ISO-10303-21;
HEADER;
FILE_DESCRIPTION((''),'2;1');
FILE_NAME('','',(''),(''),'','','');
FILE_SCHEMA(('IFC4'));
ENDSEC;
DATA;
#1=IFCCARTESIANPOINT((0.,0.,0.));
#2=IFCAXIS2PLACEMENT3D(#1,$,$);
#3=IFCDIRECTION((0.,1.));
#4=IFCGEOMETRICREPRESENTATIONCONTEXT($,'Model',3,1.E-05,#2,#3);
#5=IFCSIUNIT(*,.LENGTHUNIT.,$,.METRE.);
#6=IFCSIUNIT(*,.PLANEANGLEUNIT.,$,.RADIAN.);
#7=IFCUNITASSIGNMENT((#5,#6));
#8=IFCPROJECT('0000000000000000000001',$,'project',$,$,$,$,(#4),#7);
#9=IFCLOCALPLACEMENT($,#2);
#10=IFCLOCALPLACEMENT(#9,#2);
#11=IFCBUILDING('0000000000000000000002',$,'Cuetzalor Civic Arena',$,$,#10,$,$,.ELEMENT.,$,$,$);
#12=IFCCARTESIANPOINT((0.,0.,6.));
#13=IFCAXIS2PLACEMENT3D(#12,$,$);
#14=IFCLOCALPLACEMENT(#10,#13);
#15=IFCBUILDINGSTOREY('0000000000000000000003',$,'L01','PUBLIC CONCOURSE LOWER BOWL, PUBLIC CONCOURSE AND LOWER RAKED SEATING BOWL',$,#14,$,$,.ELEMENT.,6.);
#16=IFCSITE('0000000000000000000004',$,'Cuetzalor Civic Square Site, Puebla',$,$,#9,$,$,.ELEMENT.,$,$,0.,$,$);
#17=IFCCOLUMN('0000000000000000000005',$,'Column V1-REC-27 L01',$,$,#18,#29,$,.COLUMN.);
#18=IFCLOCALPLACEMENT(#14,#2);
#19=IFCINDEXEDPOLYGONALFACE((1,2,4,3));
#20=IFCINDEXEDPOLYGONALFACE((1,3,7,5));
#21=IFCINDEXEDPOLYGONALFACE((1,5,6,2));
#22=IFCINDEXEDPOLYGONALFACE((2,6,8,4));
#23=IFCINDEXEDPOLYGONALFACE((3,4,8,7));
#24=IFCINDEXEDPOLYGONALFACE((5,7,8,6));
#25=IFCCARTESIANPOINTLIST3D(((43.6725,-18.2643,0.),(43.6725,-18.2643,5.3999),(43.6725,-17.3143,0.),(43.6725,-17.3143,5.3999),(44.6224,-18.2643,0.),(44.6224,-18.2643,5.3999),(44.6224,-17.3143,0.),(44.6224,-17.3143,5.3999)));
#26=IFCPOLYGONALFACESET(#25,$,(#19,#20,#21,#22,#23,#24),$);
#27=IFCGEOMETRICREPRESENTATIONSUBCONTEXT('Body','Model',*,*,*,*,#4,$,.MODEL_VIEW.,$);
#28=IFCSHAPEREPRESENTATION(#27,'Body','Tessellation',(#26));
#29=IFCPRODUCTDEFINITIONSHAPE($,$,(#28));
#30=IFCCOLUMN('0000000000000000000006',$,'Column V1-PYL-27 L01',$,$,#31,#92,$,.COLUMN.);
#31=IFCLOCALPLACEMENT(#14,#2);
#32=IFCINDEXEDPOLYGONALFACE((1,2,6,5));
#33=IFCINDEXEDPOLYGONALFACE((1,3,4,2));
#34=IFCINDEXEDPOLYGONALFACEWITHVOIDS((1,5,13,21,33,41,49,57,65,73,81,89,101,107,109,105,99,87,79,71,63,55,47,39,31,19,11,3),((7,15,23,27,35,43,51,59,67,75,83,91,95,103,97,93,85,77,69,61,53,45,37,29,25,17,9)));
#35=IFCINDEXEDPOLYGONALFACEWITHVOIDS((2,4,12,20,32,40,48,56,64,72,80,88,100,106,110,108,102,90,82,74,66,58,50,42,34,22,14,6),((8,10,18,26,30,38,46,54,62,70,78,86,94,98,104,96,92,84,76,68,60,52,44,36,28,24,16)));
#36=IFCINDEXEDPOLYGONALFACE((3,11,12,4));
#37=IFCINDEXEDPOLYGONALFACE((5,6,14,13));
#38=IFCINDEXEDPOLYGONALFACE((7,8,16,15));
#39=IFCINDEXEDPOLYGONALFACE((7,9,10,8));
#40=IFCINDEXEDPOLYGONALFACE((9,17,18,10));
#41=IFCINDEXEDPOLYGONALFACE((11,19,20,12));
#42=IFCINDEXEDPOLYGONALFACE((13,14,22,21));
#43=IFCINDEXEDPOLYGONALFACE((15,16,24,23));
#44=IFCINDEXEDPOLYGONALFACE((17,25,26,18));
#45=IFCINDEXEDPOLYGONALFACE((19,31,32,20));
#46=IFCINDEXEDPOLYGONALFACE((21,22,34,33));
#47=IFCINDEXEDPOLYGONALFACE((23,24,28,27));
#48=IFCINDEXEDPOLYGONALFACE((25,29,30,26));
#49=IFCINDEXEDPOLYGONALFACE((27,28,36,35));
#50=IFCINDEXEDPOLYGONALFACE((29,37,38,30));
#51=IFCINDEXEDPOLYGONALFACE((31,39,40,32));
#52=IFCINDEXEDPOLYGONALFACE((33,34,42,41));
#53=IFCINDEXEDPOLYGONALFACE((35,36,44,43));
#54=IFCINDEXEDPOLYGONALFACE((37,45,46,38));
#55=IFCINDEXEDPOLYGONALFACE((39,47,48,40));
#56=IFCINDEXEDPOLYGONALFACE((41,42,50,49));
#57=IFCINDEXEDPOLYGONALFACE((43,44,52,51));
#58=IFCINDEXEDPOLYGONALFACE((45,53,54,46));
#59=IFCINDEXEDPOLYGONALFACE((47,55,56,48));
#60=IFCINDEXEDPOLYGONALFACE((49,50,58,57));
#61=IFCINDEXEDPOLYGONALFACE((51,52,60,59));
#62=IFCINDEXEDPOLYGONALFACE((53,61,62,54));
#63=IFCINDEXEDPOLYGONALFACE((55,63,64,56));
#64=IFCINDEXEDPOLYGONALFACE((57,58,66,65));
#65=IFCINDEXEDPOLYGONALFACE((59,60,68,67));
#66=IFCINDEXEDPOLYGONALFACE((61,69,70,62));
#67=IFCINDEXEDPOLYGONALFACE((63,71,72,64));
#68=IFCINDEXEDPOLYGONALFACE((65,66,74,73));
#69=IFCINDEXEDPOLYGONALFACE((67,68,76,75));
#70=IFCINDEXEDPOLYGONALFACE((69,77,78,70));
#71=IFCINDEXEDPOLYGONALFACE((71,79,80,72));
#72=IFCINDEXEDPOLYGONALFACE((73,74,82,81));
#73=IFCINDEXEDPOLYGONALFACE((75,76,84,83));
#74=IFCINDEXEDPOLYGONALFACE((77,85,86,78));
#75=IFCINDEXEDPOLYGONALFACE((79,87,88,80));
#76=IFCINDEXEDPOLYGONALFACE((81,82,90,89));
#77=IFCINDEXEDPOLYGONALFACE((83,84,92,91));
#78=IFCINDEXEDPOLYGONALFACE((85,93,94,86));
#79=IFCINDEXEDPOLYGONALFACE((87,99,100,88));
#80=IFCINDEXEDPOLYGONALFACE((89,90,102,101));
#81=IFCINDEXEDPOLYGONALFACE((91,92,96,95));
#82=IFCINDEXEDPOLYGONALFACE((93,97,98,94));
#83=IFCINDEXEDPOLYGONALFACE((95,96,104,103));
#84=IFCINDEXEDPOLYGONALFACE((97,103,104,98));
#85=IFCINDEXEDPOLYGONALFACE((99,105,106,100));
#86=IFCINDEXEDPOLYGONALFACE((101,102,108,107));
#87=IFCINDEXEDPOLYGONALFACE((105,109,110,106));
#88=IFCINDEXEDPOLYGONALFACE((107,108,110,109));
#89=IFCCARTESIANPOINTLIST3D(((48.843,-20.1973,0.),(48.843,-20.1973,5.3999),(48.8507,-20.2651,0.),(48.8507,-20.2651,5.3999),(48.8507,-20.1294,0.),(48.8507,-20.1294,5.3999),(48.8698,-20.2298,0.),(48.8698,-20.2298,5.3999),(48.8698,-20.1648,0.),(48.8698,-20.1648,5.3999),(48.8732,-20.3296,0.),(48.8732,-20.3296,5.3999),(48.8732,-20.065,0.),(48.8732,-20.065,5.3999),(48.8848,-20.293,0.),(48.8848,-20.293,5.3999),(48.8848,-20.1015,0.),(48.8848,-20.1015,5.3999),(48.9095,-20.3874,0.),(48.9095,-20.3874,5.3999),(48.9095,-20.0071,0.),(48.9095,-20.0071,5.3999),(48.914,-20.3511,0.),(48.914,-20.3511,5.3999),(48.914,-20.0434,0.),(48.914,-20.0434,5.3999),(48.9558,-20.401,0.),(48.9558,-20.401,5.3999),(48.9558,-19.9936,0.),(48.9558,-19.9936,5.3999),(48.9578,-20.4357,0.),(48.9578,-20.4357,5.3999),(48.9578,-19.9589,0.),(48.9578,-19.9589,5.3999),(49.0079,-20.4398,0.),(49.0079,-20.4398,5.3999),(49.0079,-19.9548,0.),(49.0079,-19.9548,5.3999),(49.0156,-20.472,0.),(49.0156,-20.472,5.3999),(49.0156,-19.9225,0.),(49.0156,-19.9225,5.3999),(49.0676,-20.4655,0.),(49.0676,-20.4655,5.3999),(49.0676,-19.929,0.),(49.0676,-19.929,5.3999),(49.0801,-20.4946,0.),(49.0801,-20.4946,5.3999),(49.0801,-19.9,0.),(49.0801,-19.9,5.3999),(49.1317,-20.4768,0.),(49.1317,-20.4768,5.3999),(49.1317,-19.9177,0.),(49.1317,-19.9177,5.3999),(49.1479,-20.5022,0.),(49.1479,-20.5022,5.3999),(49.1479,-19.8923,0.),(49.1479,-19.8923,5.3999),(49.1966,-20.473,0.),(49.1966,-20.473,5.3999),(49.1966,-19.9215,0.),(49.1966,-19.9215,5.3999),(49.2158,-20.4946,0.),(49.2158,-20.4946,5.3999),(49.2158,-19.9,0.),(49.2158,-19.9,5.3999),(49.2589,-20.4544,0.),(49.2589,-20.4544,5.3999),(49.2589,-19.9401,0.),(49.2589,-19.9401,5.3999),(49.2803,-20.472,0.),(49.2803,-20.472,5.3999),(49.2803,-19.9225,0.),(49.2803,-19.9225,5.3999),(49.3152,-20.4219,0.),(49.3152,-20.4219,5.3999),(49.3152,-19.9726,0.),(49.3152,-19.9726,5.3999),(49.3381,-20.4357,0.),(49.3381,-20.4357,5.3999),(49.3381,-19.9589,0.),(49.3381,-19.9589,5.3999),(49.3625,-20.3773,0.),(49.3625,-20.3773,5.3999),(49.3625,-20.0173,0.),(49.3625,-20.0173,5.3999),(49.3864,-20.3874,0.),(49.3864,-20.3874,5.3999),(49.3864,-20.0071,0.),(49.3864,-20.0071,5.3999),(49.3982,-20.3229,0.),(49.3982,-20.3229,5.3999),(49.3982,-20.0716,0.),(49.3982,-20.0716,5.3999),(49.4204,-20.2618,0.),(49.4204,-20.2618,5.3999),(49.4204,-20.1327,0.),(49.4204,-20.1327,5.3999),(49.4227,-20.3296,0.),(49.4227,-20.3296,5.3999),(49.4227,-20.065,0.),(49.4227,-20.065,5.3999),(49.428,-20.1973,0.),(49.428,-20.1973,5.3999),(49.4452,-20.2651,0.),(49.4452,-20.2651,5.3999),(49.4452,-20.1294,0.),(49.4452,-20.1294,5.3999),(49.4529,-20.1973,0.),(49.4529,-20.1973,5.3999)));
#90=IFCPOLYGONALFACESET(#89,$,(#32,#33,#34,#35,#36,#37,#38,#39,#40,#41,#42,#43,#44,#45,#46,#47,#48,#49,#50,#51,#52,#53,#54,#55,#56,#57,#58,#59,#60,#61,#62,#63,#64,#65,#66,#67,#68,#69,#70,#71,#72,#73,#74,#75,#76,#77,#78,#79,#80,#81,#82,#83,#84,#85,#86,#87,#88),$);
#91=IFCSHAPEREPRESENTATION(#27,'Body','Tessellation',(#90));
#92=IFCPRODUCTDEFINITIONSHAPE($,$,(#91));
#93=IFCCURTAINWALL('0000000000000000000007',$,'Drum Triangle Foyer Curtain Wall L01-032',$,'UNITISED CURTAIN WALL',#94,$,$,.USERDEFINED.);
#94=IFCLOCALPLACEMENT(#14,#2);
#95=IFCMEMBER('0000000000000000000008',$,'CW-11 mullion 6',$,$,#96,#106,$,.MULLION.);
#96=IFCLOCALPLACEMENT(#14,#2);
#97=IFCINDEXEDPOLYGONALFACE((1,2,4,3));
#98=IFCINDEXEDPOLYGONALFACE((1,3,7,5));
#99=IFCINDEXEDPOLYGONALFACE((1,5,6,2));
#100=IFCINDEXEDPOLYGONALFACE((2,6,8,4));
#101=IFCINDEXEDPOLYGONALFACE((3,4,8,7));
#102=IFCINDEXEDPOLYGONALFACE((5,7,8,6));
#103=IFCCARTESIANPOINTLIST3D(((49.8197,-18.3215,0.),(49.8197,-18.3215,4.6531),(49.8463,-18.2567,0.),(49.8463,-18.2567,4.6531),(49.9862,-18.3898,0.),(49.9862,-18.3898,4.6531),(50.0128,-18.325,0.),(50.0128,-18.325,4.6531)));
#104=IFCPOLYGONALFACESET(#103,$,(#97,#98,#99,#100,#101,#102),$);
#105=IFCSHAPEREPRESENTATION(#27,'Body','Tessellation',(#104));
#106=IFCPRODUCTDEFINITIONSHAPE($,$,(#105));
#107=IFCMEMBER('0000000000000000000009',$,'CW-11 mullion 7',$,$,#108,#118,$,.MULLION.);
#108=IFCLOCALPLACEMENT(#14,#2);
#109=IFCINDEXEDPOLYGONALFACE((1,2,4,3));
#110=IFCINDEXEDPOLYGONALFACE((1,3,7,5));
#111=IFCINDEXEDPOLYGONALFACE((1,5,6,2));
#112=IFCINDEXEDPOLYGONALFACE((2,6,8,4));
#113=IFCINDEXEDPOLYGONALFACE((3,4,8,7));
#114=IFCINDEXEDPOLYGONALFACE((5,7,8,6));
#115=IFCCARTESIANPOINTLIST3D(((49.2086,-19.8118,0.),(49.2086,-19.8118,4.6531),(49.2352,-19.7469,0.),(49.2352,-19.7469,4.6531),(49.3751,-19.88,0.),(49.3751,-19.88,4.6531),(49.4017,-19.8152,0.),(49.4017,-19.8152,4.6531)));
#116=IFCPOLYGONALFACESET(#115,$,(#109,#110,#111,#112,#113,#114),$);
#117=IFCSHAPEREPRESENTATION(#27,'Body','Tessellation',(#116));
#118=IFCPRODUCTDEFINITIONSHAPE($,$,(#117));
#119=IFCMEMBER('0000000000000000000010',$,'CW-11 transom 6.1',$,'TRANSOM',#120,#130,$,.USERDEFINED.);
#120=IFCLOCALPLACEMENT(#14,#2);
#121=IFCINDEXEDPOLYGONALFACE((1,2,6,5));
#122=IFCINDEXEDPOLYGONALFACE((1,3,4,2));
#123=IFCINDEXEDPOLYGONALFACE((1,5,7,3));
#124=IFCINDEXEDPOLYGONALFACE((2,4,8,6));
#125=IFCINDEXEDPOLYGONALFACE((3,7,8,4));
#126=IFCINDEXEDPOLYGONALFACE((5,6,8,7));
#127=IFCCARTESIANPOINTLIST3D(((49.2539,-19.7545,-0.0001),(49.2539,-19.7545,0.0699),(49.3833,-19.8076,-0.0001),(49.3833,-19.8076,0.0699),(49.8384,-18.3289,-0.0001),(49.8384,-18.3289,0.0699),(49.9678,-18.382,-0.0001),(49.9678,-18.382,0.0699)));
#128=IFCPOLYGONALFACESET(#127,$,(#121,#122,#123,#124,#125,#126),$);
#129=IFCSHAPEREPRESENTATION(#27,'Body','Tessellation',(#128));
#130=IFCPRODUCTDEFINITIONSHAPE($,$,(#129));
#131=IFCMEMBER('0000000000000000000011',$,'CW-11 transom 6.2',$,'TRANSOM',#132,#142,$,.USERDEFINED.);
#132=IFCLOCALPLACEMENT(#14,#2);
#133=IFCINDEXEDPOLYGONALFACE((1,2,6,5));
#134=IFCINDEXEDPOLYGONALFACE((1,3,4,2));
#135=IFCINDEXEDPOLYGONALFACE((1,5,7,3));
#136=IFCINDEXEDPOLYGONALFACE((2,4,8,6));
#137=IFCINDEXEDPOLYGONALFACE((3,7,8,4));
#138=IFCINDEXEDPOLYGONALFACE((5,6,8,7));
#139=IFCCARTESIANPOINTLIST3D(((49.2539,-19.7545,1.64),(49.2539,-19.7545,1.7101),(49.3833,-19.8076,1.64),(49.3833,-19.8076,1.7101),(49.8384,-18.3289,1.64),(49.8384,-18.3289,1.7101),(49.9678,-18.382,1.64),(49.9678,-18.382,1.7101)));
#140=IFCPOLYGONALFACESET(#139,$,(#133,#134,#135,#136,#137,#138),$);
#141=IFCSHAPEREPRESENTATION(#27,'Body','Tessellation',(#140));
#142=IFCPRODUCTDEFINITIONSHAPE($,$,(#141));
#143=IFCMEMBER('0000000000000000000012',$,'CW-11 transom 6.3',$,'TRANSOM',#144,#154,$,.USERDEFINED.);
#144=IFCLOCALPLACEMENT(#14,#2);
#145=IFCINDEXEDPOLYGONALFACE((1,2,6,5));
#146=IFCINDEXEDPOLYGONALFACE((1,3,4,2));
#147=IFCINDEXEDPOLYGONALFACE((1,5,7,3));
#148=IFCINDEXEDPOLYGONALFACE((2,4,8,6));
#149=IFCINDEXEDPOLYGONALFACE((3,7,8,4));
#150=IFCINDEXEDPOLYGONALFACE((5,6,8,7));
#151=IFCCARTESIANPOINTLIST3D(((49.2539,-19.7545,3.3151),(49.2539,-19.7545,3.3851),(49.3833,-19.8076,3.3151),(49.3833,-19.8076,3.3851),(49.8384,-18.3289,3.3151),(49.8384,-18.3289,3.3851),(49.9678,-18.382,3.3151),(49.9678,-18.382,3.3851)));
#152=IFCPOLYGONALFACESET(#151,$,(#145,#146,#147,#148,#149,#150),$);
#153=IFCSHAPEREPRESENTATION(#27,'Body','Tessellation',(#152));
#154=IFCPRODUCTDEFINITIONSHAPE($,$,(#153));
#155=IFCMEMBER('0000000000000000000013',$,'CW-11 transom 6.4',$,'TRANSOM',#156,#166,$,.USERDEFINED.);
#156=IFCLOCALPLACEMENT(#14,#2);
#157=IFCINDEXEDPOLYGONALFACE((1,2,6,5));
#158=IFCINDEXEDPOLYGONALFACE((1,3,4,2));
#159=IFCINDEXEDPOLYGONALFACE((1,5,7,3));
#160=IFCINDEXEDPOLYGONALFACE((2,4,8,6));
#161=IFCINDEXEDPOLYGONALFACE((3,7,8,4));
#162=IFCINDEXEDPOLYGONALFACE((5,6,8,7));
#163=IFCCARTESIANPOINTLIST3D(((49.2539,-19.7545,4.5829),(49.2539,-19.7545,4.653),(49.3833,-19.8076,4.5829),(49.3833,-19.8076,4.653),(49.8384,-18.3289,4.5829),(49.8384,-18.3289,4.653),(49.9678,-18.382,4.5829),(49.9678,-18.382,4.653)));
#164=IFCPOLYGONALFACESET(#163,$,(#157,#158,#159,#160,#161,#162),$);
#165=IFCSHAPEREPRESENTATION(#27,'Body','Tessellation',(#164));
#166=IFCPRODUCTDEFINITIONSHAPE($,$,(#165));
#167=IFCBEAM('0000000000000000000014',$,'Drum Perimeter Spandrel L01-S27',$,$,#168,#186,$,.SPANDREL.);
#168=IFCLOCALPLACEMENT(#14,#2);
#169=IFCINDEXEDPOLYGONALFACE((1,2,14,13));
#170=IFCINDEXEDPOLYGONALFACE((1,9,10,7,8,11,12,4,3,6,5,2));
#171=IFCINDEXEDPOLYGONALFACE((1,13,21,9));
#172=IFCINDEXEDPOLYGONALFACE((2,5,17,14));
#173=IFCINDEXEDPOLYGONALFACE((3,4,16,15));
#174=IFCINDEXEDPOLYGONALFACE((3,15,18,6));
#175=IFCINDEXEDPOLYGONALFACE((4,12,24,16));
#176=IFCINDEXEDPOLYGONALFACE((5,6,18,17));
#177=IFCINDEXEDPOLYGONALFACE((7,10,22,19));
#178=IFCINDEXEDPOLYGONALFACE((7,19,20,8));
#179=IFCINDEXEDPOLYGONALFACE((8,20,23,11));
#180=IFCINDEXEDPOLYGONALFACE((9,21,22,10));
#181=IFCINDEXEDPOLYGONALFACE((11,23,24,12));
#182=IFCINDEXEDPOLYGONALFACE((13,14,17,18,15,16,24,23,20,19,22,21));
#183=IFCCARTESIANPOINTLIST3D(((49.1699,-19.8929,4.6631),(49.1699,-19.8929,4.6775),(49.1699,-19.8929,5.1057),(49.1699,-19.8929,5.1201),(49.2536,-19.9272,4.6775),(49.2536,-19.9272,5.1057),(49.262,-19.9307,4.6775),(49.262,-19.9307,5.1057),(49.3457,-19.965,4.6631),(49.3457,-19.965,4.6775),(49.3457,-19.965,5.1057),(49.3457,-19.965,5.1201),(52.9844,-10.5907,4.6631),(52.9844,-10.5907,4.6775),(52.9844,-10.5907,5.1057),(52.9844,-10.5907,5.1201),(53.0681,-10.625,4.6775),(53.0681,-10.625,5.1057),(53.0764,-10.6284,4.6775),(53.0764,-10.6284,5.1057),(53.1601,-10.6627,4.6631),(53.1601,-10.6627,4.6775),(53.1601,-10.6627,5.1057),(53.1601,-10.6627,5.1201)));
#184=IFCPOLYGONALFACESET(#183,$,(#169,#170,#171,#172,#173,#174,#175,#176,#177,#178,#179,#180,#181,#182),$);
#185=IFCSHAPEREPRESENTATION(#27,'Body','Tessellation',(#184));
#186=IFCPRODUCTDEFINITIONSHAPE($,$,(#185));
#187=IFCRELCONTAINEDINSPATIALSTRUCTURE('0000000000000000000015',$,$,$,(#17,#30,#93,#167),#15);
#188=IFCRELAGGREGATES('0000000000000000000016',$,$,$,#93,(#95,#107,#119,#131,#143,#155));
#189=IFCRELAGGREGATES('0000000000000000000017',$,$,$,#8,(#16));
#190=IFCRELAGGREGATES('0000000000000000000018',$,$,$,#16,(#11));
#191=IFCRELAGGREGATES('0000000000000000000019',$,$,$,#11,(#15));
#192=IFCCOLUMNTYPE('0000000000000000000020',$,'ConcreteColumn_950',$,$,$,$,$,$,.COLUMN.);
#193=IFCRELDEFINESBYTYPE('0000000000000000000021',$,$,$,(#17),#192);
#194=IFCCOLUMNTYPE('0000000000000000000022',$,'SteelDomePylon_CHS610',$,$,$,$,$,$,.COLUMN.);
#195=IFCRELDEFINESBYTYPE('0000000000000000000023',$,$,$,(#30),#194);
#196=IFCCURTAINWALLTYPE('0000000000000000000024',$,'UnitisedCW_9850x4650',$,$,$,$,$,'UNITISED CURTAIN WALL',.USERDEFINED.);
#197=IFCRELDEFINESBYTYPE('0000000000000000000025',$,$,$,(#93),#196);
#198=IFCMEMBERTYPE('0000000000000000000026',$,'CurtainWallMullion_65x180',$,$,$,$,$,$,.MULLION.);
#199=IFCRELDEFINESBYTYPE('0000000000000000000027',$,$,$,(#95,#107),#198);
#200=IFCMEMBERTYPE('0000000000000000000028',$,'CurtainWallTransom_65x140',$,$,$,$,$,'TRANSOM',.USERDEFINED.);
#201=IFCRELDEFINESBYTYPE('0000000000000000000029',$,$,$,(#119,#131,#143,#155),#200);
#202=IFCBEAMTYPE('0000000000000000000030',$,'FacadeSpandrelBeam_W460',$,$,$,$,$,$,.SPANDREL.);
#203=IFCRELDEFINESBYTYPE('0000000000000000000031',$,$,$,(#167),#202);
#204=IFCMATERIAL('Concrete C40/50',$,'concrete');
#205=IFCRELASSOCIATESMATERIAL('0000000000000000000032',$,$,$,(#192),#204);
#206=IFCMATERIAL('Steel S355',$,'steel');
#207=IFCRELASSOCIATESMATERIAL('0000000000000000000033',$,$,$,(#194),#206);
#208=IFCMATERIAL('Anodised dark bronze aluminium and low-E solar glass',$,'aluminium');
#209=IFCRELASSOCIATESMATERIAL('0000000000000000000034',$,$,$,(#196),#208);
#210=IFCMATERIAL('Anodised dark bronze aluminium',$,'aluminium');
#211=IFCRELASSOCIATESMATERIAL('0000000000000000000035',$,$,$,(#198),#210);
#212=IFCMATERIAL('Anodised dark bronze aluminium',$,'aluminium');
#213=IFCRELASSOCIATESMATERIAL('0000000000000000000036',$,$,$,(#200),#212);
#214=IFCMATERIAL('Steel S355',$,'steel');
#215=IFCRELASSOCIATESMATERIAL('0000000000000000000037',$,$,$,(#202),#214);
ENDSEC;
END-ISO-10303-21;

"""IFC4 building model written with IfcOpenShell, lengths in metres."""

from ifc_helpers import new_model, si_unit, direction, frame, origin, origin_2d, place, context, subcontext, project, spatial, rectangle, hollow_circle, i_section, extrude, material, material_profile, profile_set, type_object, element, aggregate, save


model = new_model("IFC4")

# Units and contexts
model_context = context("Model", 3, precision=1e-05, world=origin(), true_north=direction((0.0, 1.0)))
body_context = subcontext(model_context, "Body", "Model", "MODEL_VIEW")
ifc_project = project(units=[si_unit("LENGTHUNIT", "METRE"), si_unit("PLANEANGLEUNIT", "RADIAN")], contexts=[model_context])

# Site, building, storey
site_placement = place(None, origin())
site = spatial("IfcSite", under=ifc_project, at=site_placement, Name="Cuetzalor Civic Square Site, Puebla", CompositionType="ELEMENT", RefElevation=0.0)
building_placement = place(site_placement, origin())
building = spatial("IfcBuilding", under=site, at=building_placement, Name="Cuetzalor Civic Arena", CompositionType="ELEMENT")
storey_placement = place(building_placement, frame((0.0, 0.0, 6.0)))
storey = spatial("IfcBuildingStorey", under=building, at=storey_placement, Name="L01", Description="PUBLIC CONCOURSE LOWER BOWL, PUBLIC CONCOURSE AND LOWER RAKED SEATING BOWL", CompositionType="ELEMENT", Elevation=6.0)

# Columns
ifc_material_1 = material(Name="Concrete C40/50", Category="concrete")
ifc_material_profile_1 = material_profile(ifc_material_1, rectangle(XDim=0.95, YDim=0.95, at=origin_2d()), Name="RC 950x950")
ifc_profile_set_1 = profile_set([ifc_material_profile_1], Name="Concrete C40/50")
column_type_1 = type_object("IfcColumnType", Name="ConcreteColumn_950", PredefinedType="COLUMN", material=ifc_profile_set_1)
column_1_placement = place(storey_placement, frame((44.1475, -17.7893, 0.0), z_axis=(0.0, 0.0, 1.0), x_axis=(1.0, 0.0, 0.0)))
element("IfcColumn", 1, at=column_1_placement, inside=storey, type_object=column_type_1, Name="Column V1-REC-27 L01", PredefinedType="COLUMN", context=body_context, shape_type="SweptSolid", body=[
    extrude(rectangle(XDim=0.95, YDim=0.95, at=origin_2d()), origin(), (0.0, 0.0, 1.0), 5.3999),
])
ifc_material_2 = material(Name="Steel S355", Category="steel")
ifc_material_profile_2 = material_profile(ifc_material_2, hollow_circle(Radius=0.3049, WallThickness=0.0249, at=origin_2d()), Name="CHS 610x25")
ifc_profile_set_2 = profile_set([ifc_material_profile_2], Name="Steel S355")
column_type_2 = type_object("IfcColumnType", Name="SteelDomePylon_CHS610", PredefinedType="COLUMN", material=ifc_profile_set_2)
column_2_placement = place(storey_placement, frame((49.1479, -20.1973, 0.0), z_axis=(0.0, 0.0, 1.0), x_axis=(1.0, 0.0, 0.0)))
element("IfcColumn", 2, at=column_2_placement, inside=storey, type_object=column_type_2, Name="Column V1-PYL-27 L01", PredefinedType="COLUMN", context=body_context, shape_type="SweptSolid", body=[
    extrude(hollow_circle(Radius=0.3049, WallThickness=0.0249, at=origin_2d()), origin(), (0.0, 0.0, 1.0), 5.3999),
])

# Curtain wall, members
ifc_material_3 = material(Name="Anodised dark bronze aluminium and low-E solar glass", Category="aluminium")
curtain_wall_type = type_object("IfcCurtainWallType", Name="UnitisedCW_9850x4650", ElementType="UNITISED CURTAIN WALL", PredefinedType="USERDEFINED", material=ifc_material_3)
curtain_wall_placement = place(storey_placement, origin())
curtain_wall = element("IfcCurtainWall", 3, at=curtain_wall_placement, inside=storey, type_object=curtain_wall_type, Name="Drum Triangle Foyer Curtain Wall L01-032", ObjectType="UNITISED CURTAIN WALL", PredefinedType="USERDEFINED")
ifc_material_4 = material(Name="Anodised dark bronze aluminium", Category="aluminium")
ifc_material_profile_3 = material_profile(ifc_material_4, rectangle(XDim=0.0701, YDim=0.1799, at=origin_2d()), Name="ALU MULLION 70x180")
ifc_profile_set_3 = profile_set([ifc_material_profile_3], Name="Anodised dark bronze aluminium")
member_type_1 = type_object("IfcMemberType", Name="CurtainWallMullion_65x180", PredefinedType="MULLION", material=ifc_profile_set_3)
member_1_placement = place(storey_placement, frame((49.9163, -18.3232, 0.0), z_axis=(0.0, 0.0, 1.0), x_axis=(-0.379391, -0.925236, 0.0)))
member_1 = element("IfcMember", 4, at=member_1_placement, type_object=member_type_1, Name="CW-11 mullion 6", PredefinedType="MULLION", context=body_context, shape_type="SweptSolid", body=[
    extrude(rectangle(XDim=0.0701, YDim=0.1799, at=origin_2d()), origin(), (0.0, 0.0, 1.0), 4.6531),
])
member_2_placement = place(storey_placement, frame((49.3052, -19.8135, 0.0), z_axis=(0.0, 0.0, 1.0), x_axis=(-0.379391, -0.925236, 0.0)))
member_2 = element("IfcMember", 5, at=member_2_placement, type_object=member_type_1, Name="CW-11 mullion 7", PredefinedType="MULLION", context=body_context, shape_type="SweptSolid", body=[
    extrude(rectangle(XDim=0.0701, YDim=0.1799, at=origin_2d()), origin(), (0.0, 0.0, 1.0), 4.6531),
])
ifc_material_5 = material(Name="Anodised dark bronze aluminium", Category="aluminium")
ifc_material_profile_4 = material_profile(ifc_material_5, rectangle(XDim=0.1399, YDim=0.0701, at=origin_2d()), Name="ALU TRANSOM 70x140")
ifc_profile_set_4 = profile_set([ifc_material_profile_4], Name="Anodised dark bronze aluminium")
member_type_2 = type_object("IfcMemberType", Name="CurtainWallTransom_65x140", ElementType="TRANSOM", PredefinedType="USERDEFINED", material=ifc_profile_set_4)
member_3_placement = place(storey_placement, frame((49.9031, -18.3555, 0.0349), z_axis=(-0.379355, -0.925251, 0.0), x_axis=(0.925251, -0.379355, 0.0)))
member_3 = element("IfcMember", 6, at=member_3_placement, type_object=member_type_2, Name="CW-11 transom 6.1", ObjectType="TRANSOM", PredefinedType="USERDEFINED", context=body_context, shape_type="SweptSolid", body=[
    extrude(rectangle(XDim=0.1399, YDim=0.0701, at=origin_2d()), origin(), (0.0, 0.0, 1.0), 1.5408),
])
member_4_placement = place(storey_placement, frame((49.9031, -18.3555, 1.675), z_axis=(-0.379355, -0.925251, 0.0), x_axis=(0.925251, -0.379355, 0.0)))
member_4 = element("IfcMember", 7, at=member_4_placement, type_object=member_type_2, Name="CW-11 transom 6.2", ObjectType="TRANSOM", PredefinedType="USERDEFINED", context=body_context, shape_type="SweptSolid", body=[
    extrude(rectangle(XDim=0.1399, YDim=0.0701, at=origin_2d()), origin(), (0.0, 0.0, 1.0), 1.5408),
])
member_5_placement = place(storey_placement, frame((49.9031, -18.3555, 3.3501), z_axis=(-0.379355, -0.925251, 0.0), x_axis=(0.925251, -0.379355, 0.0)))
member_5 = element("IfcMember", 8, at=member_5_placement, type_object=member_type_2, Name="CW-11 transom 6.3", ObjectType="TRANSOM", PredefinedType="USERDEFINED", context=body_context, shape_type="SweptSolid", body=[
    extrude(rectangle(XDim=0.1399, YDim=0.0701, at=origin_2d()), origin(), (0.0, 0.0, 1.0), 1.5408),
])
member_6_placement = place(storey_placement, frame((49.9031, -18.3555, 4.6179), z_axis=(-0.379355, -0.925251, 0.0), x_axis=(0.925251, -0.379355, 0.0)))
member_6 = element("IfcMember", 9, at=member_6_placement, type_object=member_type_2, Name="CW-11 transom 6.4", ObjectType="TRANSOM", PredefinedType="USERDEFINED", context=body_context, shape_type="SweptSolid", body=[
    extrude(rectangle(XDim=0.1399, YDim=0.0701, at=origin_2d()), origin(), (0.0, 0.0, 1.0), 1.5408),
])

# Beam
ifc_material_6 = material(Name="Steel S355", Category="steel")
ifc_material_profile_5 = material_profile(ifc_material_6, i_section(OverallWidth=0.1899, OverallDepth=0.457, WebThickness=0.009, FlangeThickness=0.0144, at=origin_2d()), Name="W460x74")
ifc_profile_set_5 = profile_set([ifc_material_profile_5], Name="Steel S355")
beam_type_1 = type_object("IfcBeamType", Name="FacadeSpandrelBeam_W460", PredefinedType="SPANDREL", material=ifc_profile_set_5)
beam_1_placement = place(storey_placement, frame((49.2578, -19.929, 4.8916), z_axis=(0.379399, 0.925233, 0.0), x_axis=(-0.925233, 0.379399, 0.0)))
element("IfcBeam", 10, at=beam_1_placement, inside=storey, type_object=beam_type_1, Name="Drum Perimeter Spandrel L01-S27", PredefinedType="SPANDREL", context=body_context, shape_type="SweptSolid", body=[
    extrude(i_section(OverallWidth=0.1899, OverallDepth=0.457, WebThickness=0.009, FlangeThickness=0.0144, at=origin_2d()), origin(), (0.0, 0.0, 1.0), 10.054),
])

aggregate(curtain_wall, [member_1, member_2, member_3, member_4, member_5, member_6])

save(model, "model.ifc")
